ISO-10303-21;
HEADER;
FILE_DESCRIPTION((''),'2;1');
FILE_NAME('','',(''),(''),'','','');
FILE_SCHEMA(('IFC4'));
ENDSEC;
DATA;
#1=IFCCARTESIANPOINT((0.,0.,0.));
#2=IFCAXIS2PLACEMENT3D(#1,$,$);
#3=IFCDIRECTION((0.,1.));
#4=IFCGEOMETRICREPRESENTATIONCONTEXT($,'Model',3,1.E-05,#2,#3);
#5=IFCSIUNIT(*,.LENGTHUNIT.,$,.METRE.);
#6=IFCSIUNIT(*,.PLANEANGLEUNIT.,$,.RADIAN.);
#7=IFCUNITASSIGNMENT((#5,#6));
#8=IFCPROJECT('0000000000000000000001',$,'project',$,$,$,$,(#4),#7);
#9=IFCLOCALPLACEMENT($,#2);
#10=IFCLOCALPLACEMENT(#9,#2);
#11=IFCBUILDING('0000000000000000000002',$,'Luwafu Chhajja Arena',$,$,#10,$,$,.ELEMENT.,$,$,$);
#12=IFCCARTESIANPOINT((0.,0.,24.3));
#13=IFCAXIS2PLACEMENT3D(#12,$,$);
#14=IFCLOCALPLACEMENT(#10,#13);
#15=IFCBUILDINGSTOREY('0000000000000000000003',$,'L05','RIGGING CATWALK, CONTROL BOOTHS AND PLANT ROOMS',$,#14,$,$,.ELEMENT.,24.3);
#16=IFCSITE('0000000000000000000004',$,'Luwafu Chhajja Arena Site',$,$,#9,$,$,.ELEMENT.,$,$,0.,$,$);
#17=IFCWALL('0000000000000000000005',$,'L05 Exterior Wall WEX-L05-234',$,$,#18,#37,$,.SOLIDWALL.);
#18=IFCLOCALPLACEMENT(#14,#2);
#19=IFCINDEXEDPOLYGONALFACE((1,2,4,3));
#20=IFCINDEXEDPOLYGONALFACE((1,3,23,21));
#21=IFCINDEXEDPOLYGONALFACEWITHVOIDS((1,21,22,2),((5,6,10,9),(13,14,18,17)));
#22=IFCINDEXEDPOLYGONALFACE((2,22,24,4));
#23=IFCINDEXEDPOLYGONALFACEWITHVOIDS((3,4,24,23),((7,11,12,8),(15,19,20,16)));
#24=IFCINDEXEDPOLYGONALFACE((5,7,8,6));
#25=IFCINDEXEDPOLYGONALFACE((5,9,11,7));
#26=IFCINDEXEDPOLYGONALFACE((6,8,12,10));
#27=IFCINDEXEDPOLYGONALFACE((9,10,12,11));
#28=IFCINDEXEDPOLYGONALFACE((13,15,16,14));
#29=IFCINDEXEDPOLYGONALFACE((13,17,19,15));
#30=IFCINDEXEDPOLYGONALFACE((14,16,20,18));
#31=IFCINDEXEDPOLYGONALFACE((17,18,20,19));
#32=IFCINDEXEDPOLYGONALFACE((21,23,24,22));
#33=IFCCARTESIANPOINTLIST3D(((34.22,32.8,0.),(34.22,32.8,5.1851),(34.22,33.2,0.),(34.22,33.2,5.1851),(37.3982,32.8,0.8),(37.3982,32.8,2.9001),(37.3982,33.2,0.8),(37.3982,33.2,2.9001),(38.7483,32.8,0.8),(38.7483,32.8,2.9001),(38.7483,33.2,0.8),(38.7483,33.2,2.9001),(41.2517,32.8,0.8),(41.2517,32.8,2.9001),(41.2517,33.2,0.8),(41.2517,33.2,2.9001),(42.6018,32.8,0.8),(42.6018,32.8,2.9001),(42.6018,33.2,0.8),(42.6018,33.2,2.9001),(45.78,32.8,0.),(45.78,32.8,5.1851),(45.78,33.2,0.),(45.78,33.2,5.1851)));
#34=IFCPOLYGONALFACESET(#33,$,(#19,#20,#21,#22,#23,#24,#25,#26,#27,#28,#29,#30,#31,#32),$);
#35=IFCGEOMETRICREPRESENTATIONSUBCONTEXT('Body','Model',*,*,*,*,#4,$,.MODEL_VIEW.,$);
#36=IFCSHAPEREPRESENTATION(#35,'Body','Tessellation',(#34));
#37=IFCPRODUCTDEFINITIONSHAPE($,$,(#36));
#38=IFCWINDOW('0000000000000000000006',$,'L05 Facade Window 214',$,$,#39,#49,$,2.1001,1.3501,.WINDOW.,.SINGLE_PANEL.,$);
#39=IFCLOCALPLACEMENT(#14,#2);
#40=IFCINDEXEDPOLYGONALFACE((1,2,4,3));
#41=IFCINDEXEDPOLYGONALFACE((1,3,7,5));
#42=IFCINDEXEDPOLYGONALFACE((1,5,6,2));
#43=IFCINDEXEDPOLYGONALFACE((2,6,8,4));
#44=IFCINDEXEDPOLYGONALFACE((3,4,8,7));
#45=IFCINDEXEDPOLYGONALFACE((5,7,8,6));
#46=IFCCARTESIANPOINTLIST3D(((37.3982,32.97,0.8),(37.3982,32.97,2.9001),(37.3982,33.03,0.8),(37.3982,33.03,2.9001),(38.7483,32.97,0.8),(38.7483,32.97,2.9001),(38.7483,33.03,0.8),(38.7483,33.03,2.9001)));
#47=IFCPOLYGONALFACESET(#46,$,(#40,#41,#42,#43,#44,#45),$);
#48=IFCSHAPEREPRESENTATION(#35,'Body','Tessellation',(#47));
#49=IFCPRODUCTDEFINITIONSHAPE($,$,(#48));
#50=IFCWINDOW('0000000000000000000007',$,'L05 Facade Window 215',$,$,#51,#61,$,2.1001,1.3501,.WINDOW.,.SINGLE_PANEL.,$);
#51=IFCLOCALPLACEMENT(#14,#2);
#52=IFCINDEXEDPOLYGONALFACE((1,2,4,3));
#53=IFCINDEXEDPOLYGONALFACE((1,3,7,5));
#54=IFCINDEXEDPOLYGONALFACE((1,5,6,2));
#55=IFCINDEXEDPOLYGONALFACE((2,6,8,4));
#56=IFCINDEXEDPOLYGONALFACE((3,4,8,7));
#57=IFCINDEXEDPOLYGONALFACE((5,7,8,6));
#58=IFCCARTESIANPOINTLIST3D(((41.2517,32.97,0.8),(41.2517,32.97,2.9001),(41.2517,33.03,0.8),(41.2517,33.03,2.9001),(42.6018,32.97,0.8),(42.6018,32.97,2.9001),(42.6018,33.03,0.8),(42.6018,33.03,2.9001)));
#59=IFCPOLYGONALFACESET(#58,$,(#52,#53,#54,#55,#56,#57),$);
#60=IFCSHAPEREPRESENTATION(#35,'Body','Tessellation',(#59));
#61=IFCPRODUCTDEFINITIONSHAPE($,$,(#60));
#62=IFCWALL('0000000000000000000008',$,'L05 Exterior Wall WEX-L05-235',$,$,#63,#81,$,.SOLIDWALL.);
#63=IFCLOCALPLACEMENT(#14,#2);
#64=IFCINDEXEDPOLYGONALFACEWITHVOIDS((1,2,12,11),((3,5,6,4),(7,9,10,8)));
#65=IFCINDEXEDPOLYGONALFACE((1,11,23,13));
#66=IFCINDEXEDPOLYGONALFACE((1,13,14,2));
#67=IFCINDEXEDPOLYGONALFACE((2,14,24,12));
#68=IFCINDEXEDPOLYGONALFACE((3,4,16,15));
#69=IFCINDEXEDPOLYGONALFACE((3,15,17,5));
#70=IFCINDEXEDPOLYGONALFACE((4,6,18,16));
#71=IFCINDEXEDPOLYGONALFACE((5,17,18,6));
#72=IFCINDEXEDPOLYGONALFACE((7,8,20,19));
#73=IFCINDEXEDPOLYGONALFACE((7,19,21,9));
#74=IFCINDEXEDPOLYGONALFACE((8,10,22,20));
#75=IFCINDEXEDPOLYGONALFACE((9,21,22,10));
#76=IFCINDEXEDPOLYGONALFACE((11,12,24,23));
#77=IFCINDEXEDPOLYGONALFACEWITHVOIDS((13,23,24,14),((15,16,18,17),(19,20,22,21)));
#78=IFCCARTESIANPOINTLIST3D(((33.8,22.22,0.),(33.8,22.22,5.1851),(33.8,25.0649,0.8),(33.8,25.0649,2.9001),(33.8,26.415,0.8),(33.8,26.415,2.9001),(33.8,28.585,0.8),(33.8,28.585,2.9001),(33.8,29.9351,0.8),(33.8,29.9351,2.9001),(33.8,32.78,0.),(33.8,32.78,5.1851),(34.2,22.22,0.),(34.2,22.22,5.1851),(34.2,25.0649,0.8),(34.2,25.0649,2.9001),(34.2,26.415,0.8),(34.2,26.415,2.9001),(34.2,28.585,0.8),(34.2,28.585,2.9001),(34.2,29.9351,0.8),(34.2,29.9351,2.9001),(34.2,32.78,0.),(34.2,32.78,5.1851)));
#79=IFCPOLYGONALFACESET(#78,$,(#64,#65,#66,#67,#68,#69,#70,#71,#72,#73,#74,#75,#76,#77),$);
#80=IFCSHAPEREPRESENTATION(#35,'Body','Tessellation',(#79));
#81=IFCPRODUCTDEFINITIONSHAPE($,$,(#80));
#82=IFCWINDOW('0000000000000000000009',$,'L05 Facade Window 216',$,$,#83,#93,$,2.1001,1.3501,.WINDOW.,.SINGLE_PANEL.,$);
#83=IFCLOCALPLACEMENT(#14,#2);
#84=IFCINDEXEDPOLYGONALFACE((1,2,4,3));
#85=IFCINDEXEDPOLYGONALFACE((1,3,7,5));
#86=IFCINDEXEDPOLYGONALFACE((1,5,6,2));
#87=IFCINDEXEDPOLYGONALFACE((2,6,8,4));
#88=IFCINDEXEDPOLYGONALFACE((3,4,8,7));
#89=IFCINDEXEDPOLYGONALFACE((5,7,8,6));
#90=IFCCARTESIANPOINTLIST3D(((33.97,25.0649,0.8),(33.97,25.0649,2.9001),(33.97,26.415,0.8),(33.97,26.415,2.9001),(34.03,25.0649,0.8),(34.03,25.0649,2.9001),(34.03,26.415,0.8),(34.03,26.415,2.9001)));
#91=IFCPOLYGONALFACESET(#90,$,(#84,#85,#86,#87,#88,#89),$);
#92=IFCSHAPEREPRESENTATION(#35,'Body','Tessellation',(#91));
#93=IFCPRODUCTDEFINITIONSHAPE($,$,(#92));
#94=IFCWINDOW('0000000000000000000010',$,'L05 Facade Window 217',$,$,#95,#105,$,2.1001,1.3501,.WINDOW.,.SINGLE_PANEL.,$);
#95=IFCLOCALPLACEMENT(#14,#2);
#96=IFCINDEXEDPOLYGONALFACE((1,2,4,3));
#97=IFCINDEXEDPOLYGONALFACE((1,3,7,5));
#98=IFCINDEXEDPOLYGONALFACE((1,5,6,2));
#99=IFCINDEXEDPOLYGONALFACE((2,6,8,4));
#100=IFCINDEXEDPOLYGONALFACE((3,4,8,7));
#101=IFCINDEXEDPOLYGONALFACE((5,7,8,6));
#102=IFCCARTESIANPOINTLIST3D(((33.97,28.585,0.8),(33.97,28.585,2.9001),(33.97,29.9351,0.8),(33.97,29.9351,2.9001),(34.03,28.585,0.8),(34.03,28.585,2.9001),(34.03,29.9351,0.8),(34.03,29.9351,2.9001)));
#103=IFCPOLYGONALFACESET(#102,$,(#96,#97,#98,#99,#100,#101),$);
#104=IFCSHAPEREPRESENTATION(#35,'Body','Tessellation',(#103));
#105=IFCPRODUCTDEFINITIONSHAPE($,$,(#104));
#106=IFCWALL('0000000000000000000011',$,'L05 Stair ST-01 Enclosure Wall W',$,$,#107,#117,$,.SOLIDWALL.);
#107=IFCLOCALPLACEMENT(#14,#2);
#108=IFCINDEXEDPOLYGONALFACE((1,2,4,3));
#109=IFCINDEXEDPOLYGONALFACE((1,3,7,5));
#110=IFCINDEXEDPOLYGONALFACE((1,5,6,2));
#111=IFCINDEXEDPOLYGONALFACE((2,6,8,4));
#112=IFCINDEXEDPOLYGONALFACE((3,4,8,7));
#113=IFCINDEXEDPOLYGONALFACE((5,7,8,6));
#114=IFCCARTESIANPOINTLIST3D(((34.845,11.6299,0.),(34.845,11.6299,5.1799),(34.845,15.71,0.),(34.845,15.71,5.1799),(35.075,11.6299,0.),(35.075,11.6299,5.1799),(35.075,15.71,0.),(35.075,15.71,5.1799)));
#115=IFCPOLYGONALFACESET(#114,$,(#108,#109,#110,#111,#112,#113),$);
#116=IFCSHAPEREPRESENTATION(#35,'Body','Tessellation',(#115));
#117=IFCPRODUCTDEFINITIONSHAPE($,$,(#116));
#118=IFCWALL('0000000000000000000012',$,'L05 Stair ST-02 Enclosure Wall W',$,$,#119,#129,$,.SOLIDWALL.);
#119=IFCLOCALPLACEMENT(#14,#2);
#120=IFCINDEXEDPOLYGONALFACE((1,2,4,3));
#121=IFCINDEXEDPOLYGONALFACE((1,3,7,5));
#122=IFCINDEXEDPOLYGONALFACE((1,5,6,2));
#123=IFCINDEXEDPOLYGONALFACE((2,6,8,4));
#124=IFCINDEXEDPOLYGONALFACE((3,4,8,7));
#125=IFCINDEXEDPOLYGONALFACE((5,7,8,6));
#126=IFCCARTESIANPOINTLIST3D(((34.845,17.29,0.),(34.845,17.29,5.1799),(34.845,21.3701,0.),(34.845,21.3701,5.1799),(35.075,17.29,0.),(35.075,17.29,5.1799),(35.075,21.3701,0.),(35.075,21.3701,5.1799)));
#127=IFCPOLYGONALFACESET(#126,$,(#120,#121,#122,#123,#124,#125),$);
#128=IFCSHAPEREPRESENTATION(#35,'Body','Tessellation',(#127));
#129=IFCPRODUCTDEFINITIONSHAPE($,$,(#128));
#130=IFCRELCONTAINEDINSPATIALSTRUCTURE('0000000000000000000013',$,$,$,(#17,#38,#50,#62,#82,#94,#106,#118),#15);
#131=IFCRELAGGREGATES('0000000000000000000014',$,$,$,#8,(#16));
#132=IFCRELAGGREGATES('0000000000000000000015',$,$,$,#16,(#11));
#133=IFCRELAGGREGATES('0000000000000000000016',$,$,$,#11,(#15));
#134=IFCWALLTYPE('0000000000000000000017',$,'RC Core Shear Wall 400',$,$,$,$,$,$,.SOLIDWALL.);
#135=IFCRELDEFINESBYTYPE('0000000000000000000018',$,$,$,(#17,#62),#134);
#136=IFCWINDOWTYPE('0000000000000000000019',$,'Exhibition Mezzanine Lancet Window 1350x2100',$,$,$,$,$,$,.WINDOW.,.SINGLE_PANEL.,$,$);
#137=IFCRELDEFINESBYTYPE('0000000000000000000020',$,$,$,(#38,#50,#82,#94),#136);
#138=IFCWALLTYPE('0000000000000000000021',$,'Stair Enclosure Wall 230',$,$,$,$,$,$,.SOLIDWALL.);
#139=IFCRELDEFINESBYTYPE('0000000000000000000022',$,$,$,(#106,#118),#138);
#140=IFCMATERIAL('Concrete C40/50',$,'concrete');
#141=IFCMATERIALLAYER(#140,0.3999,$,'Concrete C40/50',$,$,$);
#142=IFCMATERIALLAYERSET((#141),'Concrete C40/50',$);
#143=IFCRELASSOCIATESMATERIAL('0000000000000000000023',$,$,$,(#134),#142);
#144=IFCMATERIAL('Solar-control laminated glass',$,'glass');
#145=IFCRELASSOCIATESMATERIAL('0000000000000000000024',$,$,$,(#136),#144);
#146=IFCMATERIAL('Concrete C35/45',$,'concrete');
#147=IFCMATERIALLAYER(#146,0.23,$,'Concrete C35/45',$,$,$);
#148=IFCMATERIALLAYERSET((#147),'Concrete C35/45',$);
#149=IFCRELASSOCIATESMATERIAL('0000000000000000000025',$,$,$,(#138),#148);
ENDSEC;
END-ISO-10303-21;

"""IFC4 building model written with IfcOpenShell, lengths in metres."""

from ifc_helpers import new_model, si_unit, direction, frame, frame_2d, origin, place, context, subcontext, project, spatial, rectangle, extrude, material, layer, layer_set, type_object, element, fill, save


model = new_model("IFC4")

# Units and contexts
model_context = context("Model", 3, precision=1e-05, world=origin(), true_north=direction((0.0, 1.0)))
body_context = subcontext(model_context, "Body", "Model", "MODEL_VIEW")
ifc_project = project(units=[si_unit("LENGTHUNIT", "METRE"), si_unit("PLANEANGLEUNIT", "RADIAN")], contexts=[model_context])

# Site, building, storey
site_placement = place(None, origin())
site = spatial("IfcSite", under=ifc_project, at=site_placement, Name="Luwafu Chhajja Arena Site", CompositionType="ELEMENT", RefElevation=0.0)
building_placement = place(site_placement, origin())
building = spatial("IfcBuilding", under=site, at=building_placement, Name="Luwafu Chhajja Arena", CompositionType="ELEMENT")
storey_placement = place(building_placement, frame((0.0, 0.0, 24.3)))
storey = spatial("IfcBuildingStorey", under=building, at=storey_placement, Name="L05", Description="RIGGING CATWALK, CONTROL BOOTHS AND PLANT ROOMS", CompositionType="ELEMENT", Elevation=24.3)

# Shared definitions
ifc_material_1 = material(Name="Concrete C35/45", Category="concrete")

# Shared definitions
ifc_material_2 = material(Name="Concrete C40/50", Category="concrete")

# Walls, openings, windows
ifc_layer_1 = layer(ifc_material_2, 0.3999, Name="Concrete C40/50")
ifc_layer_set_1 = layer_set([ifc_layer_1], Name="Concrete C40/50")
wall_type_1 = type_object("IfcWallType", Name="RC Core Shear Wall 400", PredefinedType="SOLIDWALL", material=ifc_layer_set_1)
ifc_material_3 = material(Name="Solar-control laminated glass", Category="glass")
window_type = type_object("IfcWindowType", Name="Exhibition Mezzanine Lancet Window 1350x2100", PartitioningType="SINGLE_PANEL", PredefinedType="WINDOW", material=ifc_material_3)
wall_1_placement = place(storey_placement, frame((34.22, 33.0, 0.0), z_axis=(0.0, 0.0, 1.0), x_axis=(1.0, 0.0, 0.0)))
wall_1 = element("IfcWall", 1, at=wall_1_placement, inside=storey, type_object=wall_type_1, Name="L05 Exterior Wall WEX-L05-234", PredefinedType="SOLIDWALL", context=body_context, shape_type="SweptSolid", body=[
    extrude(rectangle(XDim=11.5601, YDim=0.3999, at=frame_2d((5.78, 0.0))), origin(), (0.0, 0.0, 1.0), 5.1851),
])
opening_1_placement = place(wall_1_placement, frame((3.1782, 0.0, 0.8)))
opening_1 = element("IfcOpeningElement", 2, at=opening_1_placement, cuts=wall_1, PredefinedType="OPENING", context=body_context, shape_type="SweptSolid", body=[
    extrude(rectangle(XDim=1.3501, YDim=2.1001, at=frame_2d((0.675, 1.05))), frame((0.0, 0.21, 0.0), z_axis=(0.0, -1.0, 0.0), x_axis=(1.0, 0.0, 0.0)), (0.0, 0.0, 1.0), 0.4199),
])
opening_2_placement = place(wall_1_placement, frame((7.0317, 0.0, 0.8)))
opening_2 = element("IfcOpeningElement", 3, at=opening_2_placement, cuts=wall_1, PredefinedType="OPENING", context=body_context, shape_type="SweptSolid", body=[
    extrude(rectangle(XDim=1.3501, YDim=2.1001, at=frame_2d((0.675, 1.05))), frame((0.0, 0.21, 0.0), z_axis=(0.0, -1.0, 0.0), x_axis=(1.0, 0.0, 0.0)), (0.0, 0.0, 1.0), 0.4199),
])
window_1_placement = place(opening_1_placement, origin())
window_1 = element("IfcWindow", 4, at=window_1_placement, inside=storey, type_object=window_type, Name="L05 Facade Window 214", OverallHeight=2.1001, OverallWidth=1.3501, PartitioningType="SINGLE_PANEL", PredefinedType="WINDOW", context=body_context, shape_type="SweptSolid", body=[
    extrude(rectangle(XDim=1.3501, YDim=2.1001, at=frame_2d((0.675, 1.05))), frame((0.0, 0.03, 0.0), z_axis=(0.0, -1.0, 0.0), x_axis=(1.0, 0.0, 0.0)), (0.0, 0.0, 1.0), 0.0601),
])
fill(opening_1, window_1)
window_2_placement = place(opening_2_placement, origin())
window_2 = element("IfcWindow", 5, at=window_2_placement, inside=storey, type_object=window_type, Name="L05 Facade Window 215", OverallHeight=2.1001, OverallWidth=1.3501, PartitioningType="SINGLE_PANEL", PredefinedType="WINDOW", context=body_context, shape_type="SweptSolid", body=[
    extrude(rectangle(XDim=1.3501, YDim=2.1001, at=frame_2d((0.675, 1.05))), frame((0.0, 0.03, 0.0), z_axis=(0.0, -1.0, 0.0), x_axis=(1.0, 0.0, 0.0)), (0.0, 0.0, 1.0), 0.0601),
])
fill(opening_2, window_2)
wall_2_placement = place(storey_placement, frame((34.0, 22.22, 0.0), z_axis=(0.0, 0.0, 1.0), x_axis=(0.0, 1.0, 0.0)))
wall_2 = element("IfcWall", 6, at=wall_2_placement, inside=storey, type_object=wall_type_1, Name="L05 Exterior Wall WEX-L05-235", PredefinedType="SOLIDWALL", context=body_context, shape_type="SweptSolid", body=[
    extrude(rectangle(XDim=10.5601, YDim=0.3999, at=frame_2d((5.28, 0.0))), origin(), (0.0, 0.0, 1.0), 5.1851),
])
opening_3_placement = place(wall_2_placement, frame((2.845, 0.0, 0.8)))
opening_3 = element("IfcOpeningElement", 7, at=opening_3_placement, cuts=wall_2, PredefinedType="OPENING", context=body_context, shape_type="SweptSolid", body=[
    extrude(rectangle(XDim=1.3501, YDim=2.1001, at=frame_2d((0.675, 1.05))), frame((0.0, 0.21, 0.0), z_axis=(0.0, -1.0, 0.0), x_axis=(1.0, 0.0, 0.0)), (0.0, 0.0, 1.0), 0.4199),
])
opening_4_placement = place(wall_2_placement, frame((6.365, 0.0, 0.8)))
opening_4 = element("IfcOpeningElement", 8, at=opening_4_placement, cuts=wall_2, PredefinedType="OPENING", context=body_context, shape_type="SweptSolid", body=[
    extrude(rectangle(XDim=1.3501, YDim=2.1001, at=frame_2d((0.675, 1.05))), frame((0.0, 0.21, 0.0), z_axis=(0.0, -1.0, 0.0), x_axis=(1.0, 0.0, 0.0)), (0.0, 0.0, 1.0), 0.4199),
])
window_3_placement = place(opening_3_placement, origin())
window_3 = element("IfcWindow", 9, at=window_3_placement, inside=storey, type_object=window_type, Name="L05 Facade Window 216", OverallHeight=2.1001, OverallWidth=1.3501, PartitioningType="SINGLE_PANEL", PredefinedType="WINDOW", context=body_context, shape_type="SweptSolid", body=[
    extrude(rectangle(XDim=1.3501, YDim=2.1001, at=frame_2d((0.675, 1.05))), frame((0.0, 0.03, 0.0), z_axis=(0.0, -1.0, 0.0), x_axis=(1.0, 0.0, 0.0)), (0.0, 0.0, 1.0), 0.0601),
])
fill(opening_3, window_3)
window_4_placement = place(opening_4_placement, origin())
window_4 = element("IfcWindow", 10, at=window_4_placement, inside=storey, type_object=window_type, Name="L05 Facade Window 217", OverallHeight=2.1001, OverallWidth=1.3501, PartitioningType="SINGLE_PANEL", PredefinedType="WINDOW", context=body_context, shape_type="SweptSolid", body=[
    extrude(rectangle(XDim=1.3501, YDim=2.1001, at=frame_2d((0.675, 1.05))), frame((0.0, 0.03, 0.0), z_axis=(0.0, -1.0, 0.0), x_axis=(1.0, 0.0, 0.0)), (0.0, 0.0, 1.0), 0.0601),
])
fill(opening_4, window_4)

# Walls
ifc_layer_2 = layer(ifc_material_1, 0.23, Name="Concrete C35/45")
ifc_layer_set_2 = layer_set([ifc_layer_2], Name="Concrete C35/45")
wall_type_2 = type_object("IfcWallType", Name="Stair Enclosure Wall 230", PredefinedType="SOLIDWALL", material=ifc_layer_set_2)
for number, where, z_axis, x_axis, name in (
    (11, (34.96, 11.6299, 0.0), (0.0, 0.0, 1.0), (0.0, 1.0, 0.0), "L05 Stair ST-01 Enclosure Wall W"),
    (12, (34.96, 17.29, 0.0), (0.0, 0.0, 1.0), (0.0, 1.0, 0.0), "L05 Stair ST-02 Enclosure Wall W"),
):
    element("IfcWall", number, at=place(storey_placement, frame(where, z_axis=z_axis, x_axis=x_axis)), inside=storey, type_object=wall_type_2, Name=name, PredefinedType="SOLIDWALL", context=body_context, shape_type="SweptSolid", body=[
        extrude(rectangle(XDim=4.0801, YDim=0.23, at=frame_2d((2.04, 0.0))), origin(), (0.0, 0.0, 1.0), 5.1799),
    ])

save(model, "model.ifc")
